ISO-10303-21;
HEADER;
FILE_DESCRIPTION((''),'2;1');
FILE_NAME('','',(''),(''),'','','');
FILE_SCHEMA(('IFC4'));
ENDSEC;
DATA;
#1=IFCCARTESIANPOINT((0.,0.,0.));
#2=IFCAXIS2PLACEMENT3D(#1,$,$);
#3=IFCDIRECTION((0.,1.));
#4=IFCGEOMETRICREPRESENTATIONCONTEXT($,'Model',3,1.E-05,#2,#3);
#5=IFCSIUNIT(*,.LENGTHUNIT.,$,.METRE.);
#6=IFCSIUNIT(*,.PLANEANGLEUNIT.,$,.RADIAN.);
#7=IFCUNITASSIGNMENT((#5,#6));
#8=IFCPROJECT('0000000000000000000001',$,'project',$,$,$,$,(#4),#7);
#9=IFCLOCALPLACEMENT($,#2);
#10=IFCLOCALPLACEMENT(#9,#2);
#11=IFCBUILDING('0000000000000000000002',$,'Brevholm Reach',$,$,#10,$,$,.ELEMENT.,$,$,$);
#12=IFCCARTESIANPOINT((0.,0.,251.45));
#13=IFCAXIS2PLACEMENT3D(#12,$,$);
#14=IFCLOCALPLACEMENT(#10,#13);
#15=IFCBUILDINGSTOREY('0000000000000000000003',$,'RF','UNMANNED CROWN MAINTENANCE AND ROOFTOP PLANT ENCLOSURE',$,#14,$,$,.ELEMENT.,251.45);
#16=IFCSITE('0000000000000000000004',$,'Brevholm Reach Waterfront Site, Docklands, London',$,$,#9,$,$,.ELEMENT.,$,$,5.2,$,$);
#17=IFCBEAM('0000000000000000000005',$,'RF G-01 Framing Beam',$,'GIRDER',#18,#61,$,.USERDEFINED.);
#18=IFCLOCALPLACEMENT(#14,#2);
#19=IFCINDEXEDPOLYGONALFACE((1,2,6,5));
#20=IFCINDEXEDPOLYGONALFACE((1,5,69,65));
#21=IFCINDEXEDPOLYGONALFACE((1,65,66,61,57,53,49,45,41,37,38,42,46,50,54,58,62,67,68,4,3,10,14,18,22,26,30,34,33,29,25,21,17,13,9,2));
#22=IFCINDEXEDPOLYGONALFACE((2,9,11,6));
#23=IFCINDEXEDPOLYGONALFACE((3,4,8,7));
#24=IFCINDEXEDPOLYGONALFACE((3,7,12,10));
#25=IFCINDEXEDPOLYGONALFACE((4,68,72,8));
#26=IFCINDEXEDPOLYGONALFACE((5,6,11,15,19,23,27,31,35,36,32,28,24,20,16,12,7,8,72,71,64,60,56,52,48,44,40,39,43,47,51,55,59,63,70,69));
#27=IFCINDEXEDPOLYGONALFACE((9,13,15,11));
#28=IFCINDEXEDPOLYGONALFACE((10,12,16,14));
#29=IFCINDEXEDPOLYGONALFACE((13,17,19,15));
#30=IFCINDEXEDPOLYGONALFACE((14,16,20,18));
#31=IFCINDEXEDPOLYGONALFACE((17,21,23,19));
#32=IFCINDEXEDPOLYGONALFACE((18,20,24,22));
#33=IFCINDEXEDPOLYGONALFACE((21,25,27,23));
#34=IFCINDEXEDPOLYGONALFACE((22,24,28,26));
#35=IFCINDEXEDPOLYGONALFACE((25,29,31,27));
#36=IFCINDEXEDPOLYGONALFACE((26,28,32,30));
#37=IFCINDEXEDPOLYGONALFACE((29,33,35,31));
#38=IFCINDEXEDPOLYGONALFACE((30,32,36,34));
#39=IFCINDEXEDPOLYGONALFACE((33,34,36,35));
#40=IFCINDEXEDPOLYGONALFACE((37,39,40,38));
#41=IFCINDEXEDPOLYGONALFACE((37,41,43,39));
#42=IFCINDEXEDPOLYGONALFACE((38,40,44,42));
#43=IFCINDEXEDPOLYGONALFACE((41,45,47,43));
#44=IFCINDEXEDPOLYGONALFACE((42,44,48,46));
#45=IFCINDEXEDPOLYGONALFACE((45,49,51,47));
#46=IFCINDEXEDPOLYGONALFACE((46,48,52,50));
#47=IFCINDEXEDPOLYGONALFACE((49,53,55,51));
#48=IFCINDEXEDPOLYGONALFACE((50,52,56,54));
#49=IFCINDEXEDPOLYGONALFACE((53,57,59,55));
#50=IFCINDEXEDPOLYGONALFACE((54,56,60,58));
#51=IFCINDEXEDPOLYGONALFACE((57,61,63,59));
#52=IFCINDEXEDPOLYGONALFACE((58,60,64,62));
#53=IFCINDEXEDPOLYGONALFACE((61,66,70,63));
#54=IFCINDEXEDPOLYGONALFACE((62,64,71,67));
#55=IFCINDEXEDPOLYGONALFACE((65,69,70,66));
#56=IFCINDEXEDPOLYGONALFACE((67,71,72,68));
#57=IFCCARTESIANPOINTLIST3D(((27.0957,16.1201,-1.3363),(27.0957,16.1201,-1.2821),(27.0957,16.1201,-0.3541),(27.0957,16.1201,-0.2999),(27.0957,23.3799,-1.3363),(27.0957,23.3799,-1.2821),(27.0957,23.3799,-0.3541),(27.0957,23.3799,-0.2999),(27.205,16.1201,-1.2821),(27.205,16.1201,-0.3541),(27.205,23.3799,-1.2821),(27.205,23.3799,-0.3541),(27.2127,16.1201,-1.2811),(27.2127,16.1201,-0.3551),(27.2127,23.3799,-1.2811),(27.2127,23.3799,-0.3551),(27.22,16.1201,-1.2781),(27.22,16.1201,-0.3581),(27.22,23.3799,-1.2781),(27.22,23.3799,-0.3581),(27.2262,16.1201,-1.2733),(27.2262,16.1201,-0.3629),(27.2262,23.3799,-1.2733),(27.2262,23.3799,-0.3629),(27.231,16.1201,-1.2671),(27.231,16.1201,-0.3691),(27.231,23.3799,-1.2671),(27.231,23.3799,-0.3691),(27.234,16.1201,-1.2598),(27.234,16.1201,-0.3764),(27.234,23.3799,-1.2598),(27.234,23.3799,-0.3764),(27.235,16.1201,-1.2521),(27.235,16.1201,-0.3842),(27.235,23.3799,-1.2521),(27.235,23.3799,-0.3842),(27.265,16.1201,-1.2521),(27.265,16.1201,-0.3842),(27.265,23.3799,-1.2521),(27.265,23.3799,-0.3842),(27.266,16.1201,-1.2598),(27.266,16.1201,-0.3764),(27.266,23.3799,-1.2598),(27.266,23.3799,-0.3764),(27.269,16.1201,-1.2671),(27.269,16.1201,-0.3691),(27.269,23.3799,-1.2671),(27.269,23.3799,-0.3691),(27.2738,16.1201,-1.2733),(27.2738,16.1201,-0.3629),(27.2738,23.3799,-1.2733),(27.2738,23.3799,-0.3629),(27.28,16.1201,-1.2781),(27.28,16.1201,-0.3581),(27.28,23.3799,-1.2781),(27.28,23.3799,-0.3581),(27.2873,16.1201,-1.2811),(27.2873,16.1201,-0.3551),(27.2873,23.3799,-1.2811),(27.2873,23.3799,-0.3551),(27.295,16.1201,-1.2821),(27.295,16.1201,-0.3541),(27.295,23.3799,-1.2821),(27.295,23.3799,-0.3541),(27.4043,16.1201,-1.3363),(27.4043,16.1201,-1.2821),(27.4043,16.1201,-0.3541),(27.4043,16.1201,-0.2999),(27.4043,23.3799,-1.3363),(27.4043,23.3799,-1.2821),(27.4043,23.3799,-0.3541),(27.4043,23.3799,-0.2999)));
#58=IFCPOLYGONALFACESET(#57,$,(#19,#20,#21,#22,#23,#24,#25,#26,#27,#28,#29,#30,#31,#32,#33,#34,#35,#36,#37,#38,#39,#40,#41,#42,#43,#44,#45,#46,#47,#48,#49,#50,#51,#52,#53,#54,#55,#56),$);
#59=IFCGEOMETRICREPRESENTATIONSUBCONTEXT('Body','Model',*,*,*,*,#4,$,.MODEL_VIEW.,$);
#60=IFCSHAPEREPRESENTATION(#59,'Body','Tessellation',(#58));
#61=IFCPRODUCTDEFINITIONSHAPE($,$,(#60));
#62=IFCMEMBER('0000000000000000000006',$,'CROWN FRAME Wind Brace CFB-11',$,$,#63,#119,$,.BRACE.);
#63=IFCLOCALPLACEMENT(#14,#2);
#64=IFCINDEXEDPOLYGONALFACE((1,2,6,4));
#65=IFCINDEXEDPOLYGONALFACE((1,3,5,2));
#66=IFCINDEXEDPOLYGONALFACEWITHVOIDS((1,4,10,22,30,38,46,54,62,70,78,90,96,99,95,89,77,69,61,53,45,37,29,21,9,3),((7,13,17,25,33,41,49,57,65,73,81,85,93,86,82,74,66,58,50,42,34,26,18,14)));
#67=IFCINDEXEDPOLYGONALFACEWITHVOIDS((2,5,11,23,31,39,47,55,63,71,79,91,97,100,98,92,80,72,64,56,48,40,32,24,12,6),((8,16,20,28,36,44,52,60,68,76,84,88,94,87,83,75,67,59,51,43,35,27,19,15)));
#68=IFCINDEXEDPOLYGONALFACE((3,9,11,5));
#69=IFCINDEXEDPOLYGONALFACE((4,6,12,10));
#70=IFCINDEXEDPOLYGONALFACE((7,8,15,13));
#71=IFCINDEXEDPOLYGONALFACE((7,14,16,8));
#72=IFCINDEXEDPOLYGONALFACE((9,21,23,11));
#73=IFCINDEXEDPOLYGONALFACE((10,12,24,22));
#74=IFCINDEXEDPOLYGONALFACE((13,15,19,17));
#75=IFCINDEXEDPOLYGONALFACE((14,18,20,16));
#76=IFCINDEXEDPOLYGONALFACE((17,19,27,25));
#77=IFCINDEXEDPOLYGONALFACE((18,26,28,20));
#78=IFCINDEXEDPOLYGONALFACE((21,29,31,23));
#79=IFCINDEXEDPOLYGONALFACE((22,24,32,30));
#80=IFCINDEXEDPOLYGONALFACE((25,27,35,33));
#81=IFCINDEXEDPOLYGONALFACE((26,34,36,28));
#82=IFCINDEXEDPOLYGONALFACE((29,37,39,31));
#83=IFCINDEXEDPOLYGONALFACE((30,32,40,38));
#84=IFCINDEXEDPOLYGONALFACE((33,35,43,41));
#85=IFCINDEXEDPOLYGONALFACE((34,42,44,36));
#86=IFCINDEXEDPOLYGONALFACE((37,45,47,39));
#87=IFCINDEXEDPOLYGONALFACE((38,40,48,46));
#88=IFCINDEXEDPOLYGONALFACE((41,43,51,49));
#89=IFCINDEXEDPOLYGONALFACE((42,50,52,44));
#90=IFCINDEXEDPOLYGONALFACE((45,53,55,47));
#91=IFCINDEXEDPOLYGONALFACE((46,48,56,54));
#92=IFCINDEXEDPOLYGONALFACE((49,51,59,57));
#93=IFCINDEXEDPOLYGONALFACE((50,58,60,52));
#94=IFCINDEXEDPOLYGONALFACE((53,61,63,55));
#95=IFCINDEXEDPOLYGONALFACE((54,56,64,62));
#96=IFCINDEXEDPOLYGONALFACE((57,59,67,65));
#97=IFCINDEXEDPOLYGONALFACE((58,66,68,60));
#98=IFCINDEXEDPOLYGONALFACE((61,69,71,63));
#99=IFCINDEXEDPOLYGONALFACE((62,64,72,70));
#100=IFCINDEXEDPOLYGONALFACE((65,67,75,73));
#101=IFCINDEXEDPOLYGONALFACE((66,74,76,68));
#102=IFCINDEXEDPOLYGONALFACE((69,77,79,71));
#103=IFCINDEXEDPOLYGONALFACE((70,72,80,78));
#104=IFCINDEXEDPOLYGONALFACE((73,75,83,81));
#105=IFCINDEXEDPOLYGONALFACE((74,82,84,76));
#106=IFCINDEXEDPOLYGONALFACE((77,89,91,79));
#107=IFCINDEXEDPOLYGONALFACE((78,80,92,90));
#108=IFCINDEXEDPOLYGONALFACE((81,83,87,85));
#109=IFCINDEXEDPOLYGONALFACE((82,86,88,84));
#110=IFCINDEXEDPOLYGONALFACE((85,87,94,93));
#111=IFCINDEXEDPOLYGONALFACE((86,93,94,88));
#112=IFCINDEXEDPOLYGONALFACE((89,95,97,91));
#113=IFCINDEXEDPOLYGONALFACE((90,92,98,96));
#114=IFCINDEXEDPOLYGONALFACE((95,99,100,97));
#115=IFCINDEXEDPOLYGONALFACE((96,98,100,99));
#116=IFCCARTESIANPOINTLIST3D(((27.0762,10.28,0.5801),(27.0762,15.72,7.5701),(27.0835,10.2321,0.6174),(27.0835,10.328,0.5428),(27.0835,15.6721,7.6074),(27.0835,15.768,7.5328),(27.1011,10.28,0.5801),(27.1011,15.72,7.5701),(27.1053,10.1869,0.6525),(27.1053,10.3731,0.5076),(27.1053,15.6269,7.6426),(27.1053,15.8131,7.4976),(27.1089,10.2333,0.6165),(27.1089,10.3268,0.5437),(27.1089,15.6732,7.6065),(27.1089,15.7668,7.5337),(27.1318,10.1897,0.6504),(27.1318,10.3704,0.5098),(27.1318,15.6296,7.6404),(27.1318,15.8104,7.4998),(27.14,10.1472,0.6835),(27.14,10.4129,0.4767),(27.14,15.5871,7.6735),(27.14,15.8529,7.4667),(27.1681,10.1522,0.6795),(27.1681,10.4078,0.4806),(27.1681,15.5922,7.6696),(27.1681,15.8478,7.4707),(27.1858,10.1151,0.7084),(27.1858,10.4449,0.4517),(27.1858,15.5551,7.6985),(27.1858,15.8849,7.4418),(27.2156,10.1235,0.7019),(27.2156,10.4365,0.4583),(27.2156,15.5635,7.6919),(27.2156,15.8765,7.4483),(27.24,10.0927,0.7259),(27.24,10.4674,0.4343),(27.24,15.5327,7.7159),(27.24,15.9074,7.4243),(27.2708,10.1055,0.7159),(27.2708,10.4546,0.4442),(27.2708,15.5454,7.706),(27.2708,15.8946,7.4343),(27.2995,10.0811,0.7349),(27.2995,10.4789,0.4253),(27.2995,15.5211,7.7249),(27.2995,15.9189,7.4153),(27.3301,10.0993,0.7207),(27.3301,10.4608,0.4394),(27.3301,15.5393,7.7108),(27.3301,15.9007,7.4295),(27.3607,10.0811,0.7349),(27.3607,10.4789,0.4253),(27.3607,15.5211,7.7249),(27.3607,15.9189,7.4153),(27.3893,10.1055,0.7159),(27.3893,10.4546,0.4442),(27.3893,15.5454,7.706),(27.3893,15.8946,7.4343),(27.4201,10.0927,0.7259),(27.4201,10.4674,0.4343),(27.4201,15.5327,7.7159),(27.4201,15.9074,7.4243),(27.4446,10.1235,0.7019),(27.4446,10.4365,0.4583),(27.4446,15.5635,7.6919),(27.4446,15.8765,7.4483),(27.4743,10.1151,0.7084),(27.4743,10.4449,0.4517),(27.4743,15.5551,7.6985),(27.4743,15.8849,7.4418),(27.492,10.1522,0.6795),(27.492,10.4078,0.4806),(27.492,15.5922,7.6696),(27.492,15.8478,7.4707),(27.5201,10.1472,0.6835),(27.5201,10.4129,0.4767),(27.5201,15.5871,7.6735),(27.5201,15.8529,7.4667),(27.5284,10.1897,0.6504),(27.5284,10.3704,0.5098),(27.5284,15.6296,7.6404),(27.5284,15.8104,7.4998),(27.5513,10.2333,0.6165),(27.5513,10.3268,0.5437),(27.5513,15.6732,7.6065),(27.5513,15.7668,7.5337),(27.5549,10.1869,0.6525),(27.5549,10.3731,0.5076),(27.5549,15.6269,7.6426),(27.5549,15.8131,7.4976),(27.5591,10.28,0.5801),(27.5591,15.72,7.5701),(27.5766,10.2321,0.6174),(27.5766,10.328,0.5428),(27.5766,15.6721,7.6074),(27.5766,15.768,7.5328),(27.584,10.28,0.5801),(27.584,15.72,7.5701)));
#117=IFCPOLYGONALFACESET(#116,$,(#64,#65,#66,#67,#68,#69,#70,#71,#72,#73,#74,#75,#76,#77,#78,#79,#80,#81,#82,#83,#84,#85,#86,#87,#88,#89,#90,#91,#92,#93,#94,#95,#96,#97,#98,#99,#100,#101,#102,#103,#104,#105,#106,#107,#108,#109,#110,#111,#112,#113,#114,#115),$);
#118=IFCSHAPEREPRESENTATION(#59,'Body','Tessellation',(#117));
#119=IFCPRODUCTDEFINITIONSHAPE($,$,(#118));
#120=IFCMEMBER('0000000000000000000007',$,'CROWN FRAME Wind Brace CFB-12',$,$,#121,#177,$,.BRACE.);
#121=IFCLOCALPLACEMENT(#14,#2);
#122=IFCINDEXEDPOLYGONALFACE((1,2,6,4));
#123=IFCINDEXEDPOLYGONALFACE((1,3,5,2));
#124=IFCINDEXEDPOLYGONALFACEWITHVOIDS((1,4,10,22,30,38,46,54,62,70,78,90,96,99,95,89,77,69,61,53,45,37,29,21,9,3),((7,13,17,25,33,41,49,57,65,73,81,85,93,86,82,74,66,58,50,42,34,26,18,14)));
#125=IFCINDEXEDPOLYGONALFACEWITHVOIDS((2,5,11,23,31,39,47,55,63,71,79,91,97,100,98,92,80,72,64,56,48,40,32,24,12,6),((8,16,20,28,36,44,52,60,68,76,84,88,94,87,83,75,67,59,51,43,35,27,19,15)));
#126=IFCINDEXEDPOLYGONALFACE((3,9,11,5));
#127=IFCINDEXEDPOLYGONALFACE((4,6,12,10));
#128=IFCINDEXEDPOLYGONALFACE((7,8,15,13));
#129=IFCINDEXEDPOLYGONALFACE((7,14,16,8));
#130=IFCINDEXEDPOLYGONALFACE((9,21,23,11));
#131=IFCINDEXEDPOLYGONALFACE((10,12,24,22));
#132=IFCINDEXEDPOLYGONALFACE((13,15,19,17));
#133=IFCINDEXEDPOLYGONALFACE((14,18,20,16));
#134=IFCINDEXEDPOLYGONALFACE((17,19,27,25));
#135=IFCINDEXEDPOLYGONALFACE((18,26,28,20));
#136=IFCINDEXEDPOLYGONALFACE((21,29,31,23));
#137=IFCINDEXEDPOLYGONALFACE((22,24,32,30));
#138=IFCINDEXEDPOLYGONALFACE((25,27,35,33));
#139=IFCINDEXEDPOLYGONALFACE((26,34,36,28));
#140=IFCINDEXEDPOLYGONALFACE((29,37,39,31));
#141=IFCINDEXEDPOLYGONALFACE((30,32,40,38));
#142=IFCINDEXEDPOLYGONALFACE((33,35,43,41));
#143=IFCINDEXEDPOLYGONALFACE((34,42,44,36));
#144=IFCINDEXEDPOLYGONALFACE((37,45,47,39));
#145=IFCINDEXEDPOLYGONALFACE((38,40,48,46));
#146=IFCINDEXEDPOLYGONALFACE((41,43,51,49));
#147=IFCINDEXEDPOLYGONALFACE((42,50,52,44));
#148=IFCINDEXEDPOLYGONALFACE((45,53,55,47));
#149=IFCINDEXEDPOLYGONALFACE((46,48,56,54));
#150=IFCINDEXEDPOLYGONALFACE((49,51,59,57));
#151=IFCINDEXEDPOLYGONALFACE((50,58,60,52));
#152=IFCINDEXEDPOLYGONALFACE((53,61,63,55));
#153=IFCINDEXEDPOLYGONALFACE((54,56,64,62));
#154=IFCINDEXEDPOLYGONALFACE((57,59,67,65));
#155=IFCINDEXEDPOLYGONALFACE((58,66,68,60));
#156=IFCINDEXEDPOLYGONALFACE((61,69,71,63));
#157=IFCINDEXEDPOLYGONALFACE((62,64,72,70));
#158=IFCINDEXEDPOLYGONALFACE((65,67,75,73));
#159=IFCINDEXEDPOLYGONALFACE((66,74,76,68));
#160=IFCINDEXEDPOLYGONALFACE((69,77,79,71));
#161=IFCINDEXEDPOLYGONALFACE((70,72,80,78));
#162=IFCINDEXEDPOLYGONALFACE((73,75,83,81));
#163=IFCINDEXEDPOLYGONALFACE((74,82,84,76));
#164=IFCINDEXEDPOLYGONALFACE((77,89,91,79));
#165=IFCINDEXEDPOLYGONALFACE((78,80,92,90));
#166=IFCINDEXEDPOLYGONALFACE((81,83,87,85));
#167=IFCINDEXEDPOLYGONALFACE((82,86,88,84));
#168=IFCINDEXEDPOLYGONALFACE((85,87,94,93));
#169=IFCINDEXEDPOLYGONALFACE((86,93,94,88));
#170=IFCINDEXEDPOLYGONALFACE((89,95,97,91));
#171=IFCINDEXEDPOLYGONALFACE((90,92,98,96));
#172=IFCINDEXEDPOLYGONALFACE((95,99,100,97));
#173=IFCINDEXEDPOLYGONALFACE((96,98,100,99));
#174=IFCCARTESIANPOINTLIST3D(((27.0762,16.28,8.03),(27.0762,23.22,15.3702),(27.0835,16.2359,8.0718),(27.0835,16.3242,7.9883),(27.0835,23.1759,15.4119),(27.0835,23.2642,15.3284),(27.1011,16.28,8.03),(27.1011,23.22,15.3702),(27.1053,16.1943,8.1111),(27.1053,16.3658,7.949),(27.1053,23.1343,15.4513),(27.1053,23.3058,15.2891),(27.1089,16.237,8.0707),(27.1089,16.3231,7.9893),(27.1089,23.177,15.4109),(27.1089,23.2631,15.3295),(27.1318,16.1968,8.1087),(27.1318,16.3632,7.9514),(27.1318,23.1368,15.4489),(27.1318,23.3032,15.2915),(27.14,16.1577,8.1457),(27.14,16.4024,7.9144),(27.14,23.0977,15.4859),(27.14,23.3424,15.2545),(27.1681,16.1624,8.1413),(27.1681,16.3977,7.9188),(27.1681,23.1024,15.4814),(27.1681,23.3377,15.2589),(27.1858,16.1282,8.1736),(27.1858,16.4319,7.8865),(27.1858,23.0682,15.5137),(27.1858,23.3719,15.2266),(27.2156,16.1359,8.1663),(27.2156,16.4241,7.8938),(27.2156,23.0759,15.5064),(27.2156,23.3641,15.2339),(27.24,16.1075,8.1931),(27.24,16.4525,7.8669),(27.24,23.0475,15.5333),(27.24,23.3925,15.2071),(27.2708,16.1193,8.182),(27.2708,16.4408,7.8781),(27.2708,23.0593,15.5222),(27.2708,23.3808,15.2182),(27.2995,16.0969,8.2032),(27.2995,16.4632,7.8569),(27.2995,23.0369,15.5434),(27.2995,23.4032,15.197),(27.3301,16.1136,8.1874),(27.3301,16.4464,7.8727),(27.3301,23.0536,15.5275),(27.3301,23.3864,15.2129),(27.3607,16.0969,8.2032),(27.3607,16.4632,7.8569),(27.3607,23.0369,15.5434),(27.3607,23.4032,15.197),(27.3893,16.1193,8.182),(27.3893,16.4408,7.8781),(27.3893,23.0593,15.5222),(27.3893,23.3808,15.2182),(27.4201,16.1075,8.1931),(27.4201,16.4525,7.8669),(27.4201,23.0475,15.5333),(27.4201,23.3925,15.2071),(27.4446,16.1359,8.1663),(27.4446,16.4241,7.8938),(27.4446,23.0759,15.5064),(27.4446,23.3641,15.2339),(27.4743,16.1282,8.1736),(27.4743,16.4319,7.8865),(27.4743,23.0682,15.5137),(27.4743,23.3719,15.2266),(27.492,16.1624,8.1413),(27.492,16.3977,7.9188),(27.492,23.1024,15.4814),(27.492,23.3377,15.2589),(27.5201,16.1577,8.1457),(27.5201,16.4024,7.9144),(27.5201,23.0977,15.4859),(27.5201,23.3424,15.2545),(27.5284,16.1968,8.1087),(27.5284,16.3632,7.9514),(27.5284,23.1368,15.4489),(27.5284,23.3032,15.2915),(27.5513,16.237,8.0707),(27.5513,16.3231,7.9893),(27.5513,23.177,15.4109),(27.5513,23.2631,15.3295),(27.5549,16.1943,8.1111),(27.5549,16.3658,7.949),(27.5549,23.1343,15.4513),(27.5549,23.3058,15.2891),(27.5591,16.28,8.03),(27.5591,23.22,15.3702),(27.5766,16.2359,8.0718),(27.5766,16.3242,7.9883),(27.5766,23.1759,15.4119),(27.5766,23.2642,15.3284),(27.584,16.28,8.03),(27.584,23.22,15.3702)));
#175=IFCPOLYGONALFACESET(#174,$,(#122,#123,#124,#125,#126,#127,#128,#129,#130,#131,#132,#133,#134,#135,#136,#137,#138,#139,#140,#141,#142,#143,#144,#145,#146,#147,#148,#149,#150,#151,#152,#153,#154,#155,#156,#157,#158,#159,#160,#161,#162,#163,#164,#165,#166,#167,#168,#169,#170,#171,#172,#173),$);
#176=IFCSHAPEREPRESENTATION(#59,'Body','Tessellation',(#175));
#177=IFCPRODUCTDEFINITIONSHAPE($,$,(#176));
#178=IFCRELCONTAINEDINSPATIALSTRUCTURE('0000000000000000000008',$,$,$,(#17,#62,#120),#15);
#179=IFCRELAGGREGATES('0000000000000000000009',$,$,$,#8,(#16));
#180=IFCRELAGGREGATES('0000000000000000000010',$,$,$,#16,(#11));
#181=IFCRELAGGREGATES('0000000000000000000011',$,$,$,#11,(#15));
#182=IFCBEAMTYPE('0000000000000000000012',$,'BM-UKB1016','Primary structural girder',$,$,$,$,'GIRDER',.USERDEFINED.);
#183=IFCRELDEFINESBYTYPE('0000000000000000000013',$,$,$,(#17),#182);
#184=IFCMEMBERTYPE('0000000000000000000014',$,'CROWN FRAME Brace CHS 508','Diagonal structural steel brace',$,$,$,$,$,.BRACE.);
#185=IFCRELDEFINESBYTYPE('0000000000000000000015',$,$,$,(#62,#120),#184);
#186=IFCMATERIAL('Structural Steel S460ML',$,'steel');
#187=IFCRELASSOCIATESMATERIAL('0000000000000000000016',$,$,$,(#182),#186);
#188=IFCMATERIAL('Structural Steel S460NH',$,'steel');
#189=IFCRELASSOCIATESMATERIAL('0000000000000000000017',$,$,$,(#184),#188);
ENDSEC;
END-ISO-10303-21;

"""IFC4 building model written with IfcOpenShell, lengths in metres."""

from ifc_helpers import new_model, si_unit, direction, frame, origin, origin_2d, place, context, subcontext, project, spatial, hollow_circle, i_section, extrude, material, material_profile, profile_set, type_object, element, save


model = new_model("IFC4")

# Units and contexts
model_context = context("Model", 3, precision=1e-05, world=origin(), true_north=direction((0.0, 1.0)))
body_context = subcontext(model_context, "Body", "Model", "MODEL_VIEW")
ifc_project = project(units=[si_unit("LENGTHUNIT", "METRE"), si_unit("PLANEANGLEUNIT", "RADIAN")], contexts=[model_context])

# Site, building, storey
site_placement = place(None, origin())
site = spatial("IfcSite", under=ifc_project, at=site_placement, Name="Brevholm Reach Waterfront Site, Docklands, London", CompositionType="ELEMENT", RefElevation=5.2)
building_placement = place(site_placement, origin())
building = spatial("IfcBuilding", under=site, at=building_placement, Name="Brevholm Reach", CompositionType="ELEMENT")
storey_placement = place(building_placement, frame((0.0, 0.0, 251.45)))
storey = spatial("IfcBuildingStorey", under=building, at=storey_placement, Name="RF", Description="UNMANNED CROWN MAINTENANCE AND ROOFTOP PLANT ENCLOSURE", CompositionType="ELEMENT", Elevation=251.45)

# Beam
ifc_material_1 = material(Name="Structural Steel S460ML", Category="steel")
ifc_material_profile_1 = material_profile(ifc_material_1, i_section(OverallWidth=0.3086, OverallDepth=1.0364, WebThickness=0.03, FlangeThickness=0.0542, FilletRadius=0.03, at=origin_2d()), Name="UKB 1016x305x487")
ifc_profile_set_1 = profile_set([ifc_material_profile_1], Name="Structural Steel S460ML")
beam_type = type_object("IfcBeamType", Name="BM-UKB1016", Description="Primary structural girder", ElementType="GIRDER", PredefinedType="USERDEFINED", material=ifc_profile_set_1)
beam_1_placement = place(storey_placement, frame((27.25, 16.1201, -0.8181), z_axis=(0.0, 1.0, 0.0), x_axis=(-1.0, 0.0, 0.0)))
element("IfcBeam", 1, at=beam_1_placement, inside=storey, type_object=beam_type, Name="RF G-01 Framing Beam", ObjectType="GIRDER", PredefinedType="USERDEFINED", context=body_context, shape_type="SweptSolid", body=[
    extrude(i_section(OverallWidth=0.3086, OverallDepth=1.0364, WebThickness=0.03, FlangeThickness=0.0542, FilletRadius=0.03, at=origin_2d()), origin(), (0.0, 0.0, 1.0), 7.2598),
])

# Members
ifc_material_2 = material(Name="Structural Steel S460NH", Category="steel")
ifc_material_profile_2 = material_profile(ifc_material_2, hollow_circle(Radius=0.2539, WallThickness=0.0249, at=origin_2d()), Name="CHS 508x25")
ifc_profile_set_2 = profile_set([ifc_material_profile_2], Name="Structural Steel S460NH")
member_type_1 = type_object("IfcMemberType", Name="CROWN FRAME Brace CHS 508", Description="Diagonal structural steel brace", PredefinedType="BRACE", material=ifc_profile_set_2)
member_1_placement = place(storey_placement, frame((27.3301, 10.28, 0.5801), z_axis=(0.0, 0.614171, 0.789173), x_axis=(-1.0, 0.0, 0.0)))
element("IfcMember", 2, at=member_1_placement, inside=storey, type_object=member_type_1, Name="CROWN FRAME Wind Brace CFB-11", PredefinedType="BRACE", context=body_context, shape_type="SweptSolid", body=[
    extrude(hollow_circle(Radius=0.2539, WallThickness=0.0249, at=origin_2d()), origin(), (0.0, 0.0, 1.0), 8.8574),
])
member_2_placement = place(storey_placement, frame((27.3301, 16.28, 8.03), z_axis=(0.0, 0.687023, 0.726636), x_axis=(-1.0, 0.0, 0.0)))
element("IfcMember", 3, at=member_2_placement, inside=storey, type_object=member_type_1, Name="CROWN FRAME Wind Brace CFB-12", PredefinedType="BRACE", context=body_context, shape_type="SweptSolid", body=[
    extrude(hollow_circle(Radius=0.2539, WallThickness=0.0249, at=origin_2d()), origin(), (0.0, 0.0, 1.0), 10.1016),
])

save(model, "model.ifc")
